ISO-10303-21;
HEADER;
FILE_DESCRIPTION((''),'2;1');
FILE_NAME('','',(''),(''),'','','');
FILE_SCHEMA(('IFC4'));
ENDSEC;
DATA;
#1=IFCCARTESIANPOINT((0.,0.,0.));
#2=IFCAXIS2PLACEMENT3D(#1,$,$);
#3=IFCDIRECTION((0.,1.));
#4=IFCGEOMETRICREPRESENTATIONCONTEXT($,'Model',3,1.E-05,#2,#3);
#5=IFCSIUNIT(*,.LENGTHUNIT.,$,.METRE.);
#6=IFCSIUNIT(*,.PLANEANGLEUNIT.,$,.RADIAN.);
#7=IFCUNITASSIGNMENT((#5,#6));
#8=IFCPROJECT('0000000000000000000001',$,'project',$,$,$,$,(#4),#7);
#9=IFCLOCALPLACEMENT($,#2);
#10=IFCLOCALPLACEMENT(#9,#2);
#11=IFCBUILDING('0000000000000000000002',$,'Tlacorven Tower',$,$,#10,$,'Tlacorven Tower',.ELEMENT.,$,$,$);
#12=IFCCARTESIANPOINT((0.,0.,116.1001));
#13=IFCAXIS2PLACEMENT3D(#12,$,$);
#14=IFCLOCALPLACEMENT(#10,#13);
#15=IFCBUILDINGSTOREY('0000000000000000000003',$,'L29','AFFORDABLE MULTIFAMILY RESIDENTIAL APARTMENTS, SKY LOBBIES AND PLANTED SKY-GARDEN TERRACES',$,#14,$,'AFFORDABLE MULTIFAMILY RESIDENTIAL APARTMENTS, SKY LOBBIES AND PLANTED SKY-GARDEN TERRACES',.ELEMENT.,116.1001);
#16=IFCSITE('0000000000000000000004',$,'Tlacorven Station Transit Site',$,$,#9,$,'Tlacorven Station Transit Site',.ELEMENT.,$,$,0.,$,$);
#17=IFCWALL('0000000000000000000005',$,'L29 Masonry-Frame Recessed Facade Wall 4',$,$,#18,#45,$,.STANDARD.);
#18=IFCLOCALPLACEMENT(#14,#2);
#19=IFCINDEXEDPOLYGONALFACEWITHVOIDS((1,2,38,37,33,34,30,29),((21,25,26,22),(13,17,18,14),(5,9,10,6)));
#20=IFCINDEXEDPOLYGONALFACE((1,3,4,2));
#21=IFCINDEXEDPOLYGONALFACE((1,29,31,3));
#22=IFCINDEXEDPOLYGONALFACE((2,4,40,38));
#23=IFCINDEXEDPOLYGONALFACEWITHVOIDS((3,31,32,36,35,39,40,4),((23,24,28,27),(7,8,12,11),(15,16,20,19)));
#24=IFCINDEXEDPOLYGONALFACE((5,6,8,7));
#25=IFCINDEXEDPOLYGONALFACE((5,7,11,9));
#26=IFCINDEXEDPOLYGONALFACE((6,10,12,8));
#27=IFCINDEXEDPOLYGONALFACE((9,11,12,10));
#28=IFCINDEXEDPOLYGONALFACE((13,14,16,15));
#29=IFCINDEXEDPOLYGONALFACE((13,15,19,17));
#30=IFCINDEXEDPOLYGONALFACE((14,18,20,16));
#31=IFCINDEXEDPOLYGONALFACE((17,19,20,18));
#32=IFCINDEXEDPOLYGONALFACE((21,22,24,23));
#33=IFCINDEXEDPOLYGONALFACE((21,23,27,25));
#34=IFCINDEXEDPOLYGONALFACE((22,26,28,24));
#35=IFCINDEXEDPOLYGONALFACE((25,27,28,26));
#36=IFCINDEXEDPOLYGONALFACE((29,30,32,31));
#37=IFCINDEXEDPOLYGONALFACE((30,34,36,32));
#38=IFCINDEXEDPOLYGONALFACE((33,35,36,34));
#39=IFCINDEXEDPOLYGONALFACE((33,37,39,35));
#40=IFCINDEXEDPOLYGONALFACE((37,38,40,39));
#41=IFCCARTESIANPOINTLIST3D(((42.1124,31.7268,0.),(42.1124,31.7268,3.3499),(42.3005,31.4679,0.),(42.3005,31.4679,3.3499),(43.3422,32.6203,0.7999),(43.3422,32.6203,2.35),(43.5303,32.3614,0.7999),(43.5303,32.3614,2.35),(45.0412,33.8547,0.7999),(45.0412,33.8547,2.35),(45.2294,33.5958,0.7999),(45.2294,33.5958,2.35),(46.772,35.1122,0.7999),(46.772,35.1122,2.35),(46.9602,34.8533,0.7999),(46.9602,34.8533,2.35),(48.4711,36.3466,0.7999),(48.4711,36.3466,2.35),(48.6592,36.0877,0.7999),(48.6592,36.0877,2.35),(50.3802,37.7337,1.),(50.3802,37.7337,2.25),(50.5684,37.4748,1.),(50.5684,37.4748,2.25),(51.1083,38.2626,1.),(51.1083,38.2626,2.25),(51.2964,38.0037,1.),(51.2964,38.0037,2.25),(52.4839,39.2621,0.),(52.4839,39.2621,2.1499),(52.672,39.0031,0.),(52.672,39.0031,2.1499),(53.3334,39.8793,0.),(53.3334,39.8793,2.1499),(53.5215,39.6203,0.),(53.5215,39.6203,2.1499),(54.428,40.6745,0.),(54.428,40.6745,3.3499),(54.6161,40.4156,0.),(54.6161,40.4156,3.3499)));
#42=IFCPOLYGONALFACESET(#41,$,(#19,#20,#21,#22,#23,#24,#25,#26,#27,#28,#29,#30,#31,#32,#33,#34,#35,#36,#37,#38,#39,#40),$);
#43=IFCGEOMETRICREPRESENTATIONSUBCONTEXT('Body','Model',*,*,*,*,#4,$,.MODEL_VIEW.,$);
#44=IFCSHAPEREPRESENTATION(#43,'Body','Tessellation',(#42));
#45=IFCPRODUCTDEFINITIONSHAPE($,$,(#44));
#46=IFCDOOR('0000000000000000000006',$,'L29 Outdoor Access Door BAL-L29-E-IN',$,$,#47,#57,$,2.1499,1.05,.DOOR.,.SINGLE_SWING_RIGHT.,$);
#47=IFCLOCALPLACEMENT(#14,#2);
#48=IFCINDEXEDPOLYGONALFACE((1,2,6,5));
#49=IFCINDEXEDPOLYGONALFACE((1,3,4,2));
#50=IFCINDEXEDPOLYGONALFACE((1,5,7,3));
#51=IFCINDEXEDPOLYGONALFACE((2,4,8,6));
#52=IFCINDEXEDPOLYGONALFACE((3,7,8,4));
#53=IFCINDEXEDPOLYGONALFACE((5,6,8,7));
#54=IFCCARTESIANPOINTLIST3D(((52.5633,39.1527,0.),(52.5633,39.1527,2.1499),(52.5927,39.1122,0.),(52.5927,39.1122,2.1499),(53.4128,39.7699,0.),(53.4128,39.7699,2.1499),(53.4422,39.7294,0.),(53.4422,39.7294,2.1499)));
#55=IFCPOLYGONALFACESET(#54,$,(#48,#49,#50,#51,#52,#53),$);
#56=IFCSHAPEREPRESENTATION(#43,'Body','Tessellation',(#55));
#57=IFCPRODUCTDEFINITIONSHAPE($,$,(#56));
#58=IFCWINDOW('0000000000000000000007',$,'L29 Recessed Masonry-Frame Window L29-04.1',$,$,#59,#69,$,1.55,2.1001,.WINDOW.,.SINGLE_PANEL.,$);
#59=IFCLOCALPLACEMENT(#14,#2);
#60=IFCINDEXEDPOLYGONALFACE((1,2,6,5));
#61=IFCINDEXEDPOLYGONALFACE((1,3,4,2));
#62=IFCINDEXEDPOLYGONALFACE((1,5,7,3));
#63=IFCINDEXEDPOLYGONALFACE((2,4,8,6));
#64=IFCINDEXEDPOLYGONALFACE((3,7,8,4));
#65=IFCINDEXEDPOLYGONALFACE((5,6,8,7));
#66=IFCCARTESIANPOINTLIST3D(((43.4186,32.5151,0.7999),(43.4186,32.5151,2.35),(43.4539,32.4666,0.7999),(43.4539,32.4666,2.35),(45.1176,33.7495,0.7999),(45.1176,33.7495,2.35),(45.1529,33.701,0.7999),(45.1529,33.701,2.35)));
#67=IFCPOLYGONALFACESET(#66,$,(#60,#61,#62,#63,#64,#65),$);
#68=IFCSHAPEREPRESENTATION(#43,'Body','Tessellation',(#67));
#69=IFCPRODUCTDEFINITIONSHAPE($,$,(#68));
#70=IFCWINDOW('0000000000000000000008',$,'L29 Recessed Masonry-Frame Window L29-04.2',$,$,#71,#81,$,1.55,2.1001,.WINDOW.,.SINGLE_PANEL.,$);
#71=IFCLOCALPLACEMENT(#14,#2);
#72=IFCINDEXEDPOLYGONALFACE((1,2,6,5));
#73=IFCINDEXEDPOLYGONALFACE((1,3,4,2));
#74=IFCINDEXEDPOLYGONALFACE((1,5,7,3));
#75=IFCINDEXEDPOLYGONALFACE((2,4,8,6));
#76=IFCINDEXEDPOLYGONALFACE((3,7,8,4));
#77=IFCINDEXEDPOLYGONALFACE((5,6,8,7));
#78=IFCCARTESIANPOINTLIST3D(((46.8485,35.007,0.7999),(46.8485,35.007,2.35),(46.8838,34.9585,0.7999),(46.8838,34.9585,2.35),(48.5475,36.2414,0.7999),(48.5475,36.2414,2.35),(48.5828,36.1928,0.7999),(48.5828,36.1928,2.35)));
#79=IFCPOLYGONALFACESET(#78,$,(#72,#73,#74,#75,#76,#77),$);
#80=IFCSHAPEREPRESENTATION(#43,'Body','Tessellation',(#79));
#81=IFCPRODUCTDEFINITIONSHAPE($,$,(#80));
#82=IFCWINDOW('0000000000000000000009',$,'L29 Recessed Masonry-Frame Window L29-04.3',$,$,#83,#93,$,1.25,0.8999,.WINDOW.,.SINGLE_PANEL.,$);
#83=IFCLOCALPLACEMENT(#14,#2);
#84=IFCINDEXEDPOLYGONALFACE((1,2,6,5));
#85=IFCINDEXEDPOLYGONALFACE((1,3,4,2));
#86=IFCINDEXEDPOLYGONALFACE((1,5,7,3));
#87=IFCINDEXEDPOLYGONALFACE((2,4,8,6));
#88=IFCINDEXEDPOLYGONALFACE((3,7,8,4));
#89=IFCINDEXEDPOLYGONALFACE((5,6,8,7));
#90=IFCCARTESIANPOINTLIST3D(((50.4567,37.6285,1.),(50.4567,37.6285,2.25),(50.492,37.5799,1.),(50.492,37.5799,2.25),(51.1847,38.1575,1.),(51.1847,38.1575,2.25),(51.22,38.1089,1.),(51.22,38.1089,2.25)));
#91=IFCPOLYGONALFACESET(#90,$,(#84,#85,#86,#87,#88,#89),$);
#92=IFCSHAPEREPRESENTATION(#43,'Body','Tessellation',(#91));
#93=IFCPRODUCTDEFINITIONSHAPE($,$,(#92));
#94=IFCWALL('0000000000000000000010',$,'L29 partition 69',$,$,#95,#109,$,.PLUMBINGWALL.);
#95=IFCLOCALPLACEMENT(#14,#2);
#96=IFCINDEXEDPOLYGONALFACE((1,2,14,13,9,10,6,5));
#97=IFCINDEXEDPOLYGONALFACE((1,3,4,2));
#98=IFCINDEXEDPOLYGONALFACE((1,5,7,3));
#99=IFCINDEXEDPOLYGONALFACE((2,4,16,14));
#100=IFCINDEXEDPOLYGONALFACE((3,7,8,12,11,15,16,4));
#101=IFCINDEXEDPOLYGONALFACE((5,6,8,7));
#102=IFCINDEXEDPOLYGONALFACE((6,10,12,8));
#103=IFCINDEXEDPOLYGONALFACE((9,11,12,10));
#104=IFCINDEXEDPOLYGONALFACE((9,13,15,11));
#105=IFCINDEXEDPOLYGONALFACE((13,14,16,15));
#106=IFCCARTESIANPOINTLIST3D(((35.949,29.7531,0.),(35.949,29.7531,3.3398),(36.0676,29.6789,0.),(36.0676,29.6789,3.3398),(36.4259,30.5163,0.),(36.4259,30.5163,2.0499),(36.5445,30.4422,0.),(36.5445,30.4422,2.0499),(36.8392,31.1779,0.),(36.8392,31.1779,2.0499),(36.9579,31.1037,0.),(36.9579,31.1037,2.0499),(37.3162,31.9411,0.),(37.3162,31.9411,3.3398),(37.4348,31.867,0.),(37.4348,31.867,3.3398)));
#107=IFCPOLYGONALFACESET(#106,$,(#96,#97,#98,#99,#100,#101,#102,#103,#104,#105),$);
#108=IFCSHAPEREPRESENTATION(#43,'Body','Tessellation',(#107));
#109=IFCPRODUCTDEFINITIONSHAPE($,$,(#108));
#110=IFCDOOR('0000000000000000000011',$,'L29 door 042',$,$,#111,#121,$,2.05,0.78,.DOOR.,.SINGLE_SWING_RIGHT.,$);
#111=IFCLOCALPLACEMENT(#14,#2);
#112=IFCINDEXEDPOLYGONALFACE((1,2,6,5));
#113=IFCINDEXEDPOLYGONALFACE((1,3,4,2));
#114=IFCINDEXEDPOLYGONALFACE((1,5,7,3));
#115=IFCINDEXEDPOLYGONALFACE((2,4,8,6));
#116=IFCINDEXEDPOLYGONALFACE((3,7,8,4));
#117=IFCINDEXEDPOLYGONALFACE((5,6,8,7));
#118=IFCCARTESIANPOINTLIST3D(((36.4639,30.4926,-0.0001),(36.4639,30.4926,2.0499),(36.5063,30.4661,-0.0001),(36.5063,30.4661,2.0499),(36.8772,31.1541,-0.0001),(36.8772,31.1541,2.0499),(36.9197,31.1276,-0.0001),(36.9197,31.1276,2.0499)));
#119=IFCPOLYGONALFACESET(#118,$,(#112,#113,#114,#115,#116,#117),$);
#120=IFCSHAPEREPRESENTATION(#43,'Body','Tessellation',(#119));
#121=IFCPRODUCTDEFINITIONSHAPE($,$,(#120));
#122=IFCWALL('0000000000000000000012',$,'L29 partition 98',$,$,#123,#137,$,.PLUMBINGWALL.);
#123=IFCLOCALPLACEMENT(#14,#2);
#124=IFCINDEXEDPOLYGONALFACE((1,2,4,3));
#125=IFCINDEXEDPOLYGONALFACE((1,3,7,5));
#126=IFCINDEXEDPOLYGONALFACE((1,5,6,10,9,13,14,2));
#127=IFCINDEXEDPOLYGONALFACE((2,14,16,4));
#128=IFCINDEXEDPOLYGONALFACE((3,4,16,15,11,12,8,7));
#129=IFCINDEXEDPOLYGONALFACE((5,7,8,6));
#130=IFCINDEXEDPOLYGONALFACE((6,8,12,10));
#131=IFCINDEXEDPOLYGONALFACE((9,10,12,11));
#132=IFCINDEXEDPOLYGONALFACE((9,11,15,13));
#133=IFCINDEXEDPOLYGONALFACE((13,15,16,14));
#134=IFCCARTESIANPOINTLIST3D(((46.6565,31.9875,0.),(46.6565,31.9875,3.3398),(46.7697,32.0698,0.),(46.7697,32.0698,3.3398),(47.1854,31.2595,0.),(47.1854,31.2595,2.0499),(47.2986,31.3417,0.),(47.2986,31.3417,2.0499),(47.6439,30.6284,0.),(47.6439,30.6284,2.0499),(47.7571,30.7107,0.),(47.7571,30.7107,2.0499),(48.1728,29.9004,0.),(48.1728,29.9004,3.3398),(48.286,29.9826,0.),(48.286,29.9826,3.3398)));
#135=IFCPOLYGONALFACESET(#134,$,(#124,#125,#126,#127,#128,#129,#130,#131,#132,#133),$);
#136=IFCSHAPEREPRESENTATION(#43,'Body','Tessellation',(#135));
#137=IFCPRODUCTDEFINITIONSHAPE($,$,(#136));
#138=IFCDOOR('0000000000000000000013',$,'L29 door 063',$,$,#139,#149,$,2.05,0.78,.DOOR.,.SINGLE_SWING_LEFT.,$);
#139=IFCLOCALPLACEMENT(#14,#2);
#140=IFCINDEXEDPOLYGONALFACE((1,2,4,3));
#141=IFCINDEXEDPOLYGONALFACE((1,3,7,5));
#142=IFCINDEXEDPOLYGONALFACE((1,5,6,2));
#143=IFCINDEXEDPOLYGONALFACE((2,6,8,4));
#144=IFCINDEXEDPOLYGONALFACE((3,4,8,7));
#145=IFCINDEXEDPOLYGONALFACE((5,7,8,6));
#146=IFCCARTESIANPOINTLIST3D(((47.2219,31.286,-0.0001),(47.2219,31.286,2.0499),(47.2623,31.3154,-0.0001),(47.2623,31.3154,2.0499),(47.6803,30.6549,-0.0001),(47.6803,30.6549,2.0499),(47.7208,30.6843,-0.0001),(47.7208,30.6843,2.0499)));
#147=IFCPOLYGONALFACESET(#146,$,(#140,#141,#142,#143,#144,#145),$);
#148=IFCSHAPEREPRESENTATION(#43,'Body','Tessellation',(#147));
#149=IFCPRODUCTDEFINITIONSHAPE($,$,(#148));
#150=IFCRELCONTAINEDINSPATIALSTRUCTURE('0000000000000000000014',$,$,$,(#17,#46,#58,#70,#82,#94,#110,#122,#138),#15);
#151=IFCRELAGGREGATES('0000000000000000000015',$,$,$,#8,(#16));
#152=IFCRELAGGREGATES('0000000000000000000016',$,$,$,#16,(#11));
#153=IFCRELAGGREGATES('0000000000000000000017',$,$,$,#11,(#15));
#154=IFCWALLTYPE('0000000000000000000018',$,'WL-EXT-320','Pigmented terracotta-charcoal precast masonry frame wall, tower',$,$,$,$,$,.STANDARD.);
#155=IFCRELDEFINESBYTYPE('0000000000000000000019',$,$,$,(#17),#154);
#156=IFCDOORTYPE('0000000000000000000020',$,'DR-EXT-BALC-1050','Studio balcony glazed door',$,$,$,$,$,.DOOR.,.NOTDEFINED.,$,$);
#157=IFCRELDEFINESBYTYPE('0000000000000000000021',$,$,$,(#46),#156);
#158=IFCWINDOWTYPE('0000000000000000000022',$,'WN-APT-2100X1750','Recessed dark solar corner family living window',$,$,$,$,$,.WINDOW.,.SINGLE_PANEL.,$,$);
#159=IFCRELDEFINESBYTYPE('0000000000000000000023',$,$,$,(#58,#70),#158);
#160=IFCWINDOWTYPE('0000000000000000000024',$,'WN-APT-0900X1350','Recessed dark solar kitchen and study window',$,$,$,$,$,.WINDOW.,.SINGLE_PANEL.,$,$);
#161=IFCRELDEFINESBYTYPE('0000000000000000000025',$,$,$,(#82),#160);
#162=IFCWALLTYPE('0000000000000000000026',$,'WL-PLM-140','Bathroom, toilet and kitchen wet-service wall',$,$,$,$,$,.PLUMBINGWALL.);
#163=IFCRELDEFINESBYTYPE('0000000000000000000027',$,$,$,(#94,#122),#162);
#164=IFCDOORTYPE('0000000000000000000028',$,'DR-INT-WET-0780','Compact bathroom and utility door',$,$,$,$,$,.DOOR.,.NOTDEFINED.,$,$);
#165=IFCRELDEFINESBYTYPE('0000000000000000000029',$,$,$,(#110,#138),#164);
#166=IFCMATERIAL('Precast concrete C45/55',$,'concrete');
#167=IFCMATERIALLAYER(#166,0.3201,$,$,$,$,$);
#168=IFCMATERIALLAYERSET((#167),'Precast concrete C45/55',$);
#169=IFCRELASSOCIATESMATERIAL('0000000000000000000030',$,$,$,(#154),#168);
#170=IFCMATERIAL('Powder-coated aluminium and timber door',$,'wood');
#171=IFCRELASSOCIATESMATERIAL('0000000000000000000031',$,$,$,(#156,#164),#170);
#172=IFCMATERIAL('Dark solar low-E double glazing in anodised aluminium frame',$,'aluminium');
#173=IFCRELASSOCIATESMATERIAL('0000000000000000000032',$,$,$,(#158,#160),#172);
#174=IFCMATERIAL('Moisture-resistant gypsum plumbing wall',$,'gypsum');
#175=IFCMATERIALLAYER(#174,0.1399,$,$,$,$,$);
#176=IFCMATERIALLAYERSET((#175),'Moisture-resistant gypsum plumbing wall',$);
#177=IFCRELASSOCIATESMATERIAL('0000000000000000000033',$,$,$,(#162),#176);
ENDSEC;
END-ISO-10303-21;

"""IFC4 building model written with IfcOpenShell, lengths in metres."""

from ifc_helpers import new_model, si_unit, direction, frame, frame_2d, origin, place, context, subcontext, project, spatial, rectangle, extrude, source, transform, mapped, material, layer, layer_set, type_object, element, fill, save


model = new_model("IFC4")

# Units and contexts
model_context = context("Model", 3, precision=1e-05, world=origin(), true_north=direction((0.0, 1.0)))
body_context = subcontext(model_context, "Body", "Model", "MODEL_VIEW")
ifc_project = project(units=[si_unit("LENGTHUNIT", "METRE"), si_unit("PLANEANGLEUNIT", "RADIAN")], contexts=[model_context])

# Site, building, storey
site_placement = place(None, origin())
site = spatial("IfcSite", under=ifc_project, at=site_placement, Name="Tlacorven Station Transit Site", LongName="Tlacorven Station Transit Site", CompositionType="ELEMENT", RefElevation=0.0)
building_placement = place(site_placement, origin())
building = spatial("IfcBuilding", under=site, at=building_placement, Name="Tlacorven Tower", LongName="Tlacorven Tower", CompositionType="ELEMENT")
storey_placement = place(building_placement, frame((0.0, 0.0, 116.1001)))
storey = spatial("IfcBuildingStorey", under=building, at=storey_placement, Name="L29", Description="AFFORDABLE MULTIFAMILY RESIDENTIAL APARTMENTS, SKY LOBBIES AND PLANTED SKY-GARDEN TERRACES", LongName="AFFORDABLE MULTIFAMILY RESIDENTIAL APARTMENTS, SKY LOBBIES AND PLANTED SKY-GARDEN TERRACES", CompositionType="ELEMENT", Elevation=116.1001)

# Wall, openings, door, windows
ifc_material_1 = material(Name="Precast concrete C45/55", Category="concrete")
ifc_layer_1 = layer(ifc_material_1, 0.3201)
ifc_layer_set_1 = layer_set([ifc_layer_1], Name="Precast concrete C45/55")
wall_type_1 = type_object("IfcWallType", Name="WL-EXT-320", Description="Pigmented terracotta-charcoal precast masonry frame wall, tower", PredefinedType="STANDARD", material=ifc_layer_set_1)
wall_1_placement = place(storey_placement, frame((42.2065, 31.5974, 0.0), z_axis=(0.0, 0.0, 1.0), x_axis=(0.80902, 0.587781, 0.0)))
wall_1 = element("IfcWall", 1, at=wall_1_placement, inside=storey, type_object=wall_type_1, Name="L29 Masonry-Frame Recessed Facade Wall 4", PredefinedType="STANDARD", context=body_context, shape_type="SweptSolid", body=[
    extrude(rectangle(XDim=15.2229, YDim=0.3201, at=frame_2d((7.6113, 0.0))), origin(), (0.0, 0.0, 1.0), 3.3499),
])
opening_1_placement = place(wall_1_placement, frame((12.8198, 0.0, 0.0)))
opening_1 = element("IfcOpeningElement", 2, at=opening_1_placement, cuts=wall_1, PredefinedType="OPENING", context=body_context, shape_type="SweptSolid", body=[
    extrude(rectangle(XDim=1.05, YDim=2.1499, at=frame_2d((0.5249, 1.075))), frame((0.0, 0.1699, 0.0), z_axis=(0.0, -1.0, 0.0), x_axis=(1.0, 0.0, 0.0)), (0.0, 0.0, 1.0), 0.3401),
])
opening_2_placement = place(wall_1_placement, frame((1.52, 0.0, 0.8)))
opening_2 = element("IfcOpeningElement", 3, at=opening_2_placement, cuts=wall_1, PredefinedType="OPENING", context=body_context, shape_type="SweptSolid", body=[
    extrude(rectangle(XDim=2.1001, YDim=1.55, at=frame_2d((1.05, 0.7749))), frame((0.0, 0.1699, 0.0), z_axis=(0.0, -1.0, 0.0), x_axis=(1.0, 0.0, 0.0)), (0.0, 0.0, 1.0), 0.3401),
])
opening_3_placement = place(wall_1_placement, frame((5.7595, 0.0, 0.8)))
opening_3 = element("IfcOpeningElement", 4, at=opening_3_placement, cuts=wall_1, PredefinedType="OPENING", context=body_context, shape_type="SweptSolid", body=[
    extrude(rectangle(XDim=2.1001, YDim=1.55, at=frame_2d((1.05, 0.7749))), frame((0.0, 0.1699, 0.0), z_axis=(0.0, -1.0, 0.0), x_axis=(1.0, 0.0, 0.0)), (0.0, 0.0, 1.0), 0.3401),
])
opening_4_placement = place(wall_1_placement, frame((10.2195, 0.0, 1.0)))
opening_4 = element("IfcOpeningElement", 5, at=opening_4_placement, cuts=wall_1, PredefinedType="OPENING", context=body_context, shape_type="SweptSolid", body=[
    extrude(rectangle(XDim=0.8999, YDim=1.25, at=frame_2d((0.45, 0.625))), frame((0.0, 0.1699, 0.0), z_axis=(0.0, -1.0, 0.0), x_axis=(1.0, 0.0, 0.0)), (0.0, 0.0, 1.0), 0.3401),
])
ifc_material_2 = material(Name="Powder-coated aluminium and timber door", Category="wood")
door_type_1 = type_object("IfcDoorType", Name="DR-EXT-BALC-1050", Description="Studio balcony glazed door", OperationType="NOTDEFINED", PredefinedType="DOOR", material=ifc_material_2)
shared_shape_1 = source(origin(), body_context, "Body", "SweptSolid", [
    extrude(rectangle(XDim=1.05, YDim=2.1499, at=frame_2d((0.5249, 1.075))), frame((0.0, 0.0249, 0.0), z_axis=(0.0, -1.0, 0.0), x_axis=(1.0, 0.0, 0.0)), (0.0, 0.0, 1.0), 0.05),
])
door_1_placement = place(opening_1_placement, origin())
door_1 = element("IfcDoor", 6, at=door_1_placement, inside=storey, type_object=door_type_1, Name="L29 Outdoor Access Door BAL-L29-E-IN", OperationType="SINGLE_SWING_RIGHT", OverallHeight=2.1499, OverallWidth=1.05, PredefinedType="DOOR", context=body_context, shape_type="MappedRepresentation", body=[
    mapped(shared_shape_1, transform((0.0, 0.0, 0.0), scale=1.0)),
])
fill(opening_1, door_1)
ifc_material_3 = material(Name="Dark solar low-E double glazing in anodised aluminium frame", Category="aluminium")
window_type_1 = type_object("IfcWindowType", Name="WN-APT-2100X1750", Description="Recessed dark solar corner family living window", PartitioningType="SINGLE_PANEL", PredefinedType="WINDOW", material=ifc_material_3)
shared_shape_2 = source(origin(), body_context, "Body", "SweptSolid", [
    extrude(rectangle(XDim=2.1001, YDim=1.55, at=frame_2d((1.05, 0.7749))), frame((0.0, 0.03, 0.0), z_axis=(0.0, -1.0, 0.0), x_axis=(1.0, 0.0, 0.0)), (0.0, 0.0, 1.0), 0.0601),
])
window_1_placement = place(opening_2_placement, origin())
window_1 = element("IfcWindow", 7, at=window_1_placement, inside=storey, type_object=window_type_1, Name="L29 Recessed Masonry-Frame Window L29-04.1", OverallHeight=1.55, OverallWidth=2.1001, PartitioningType="SINGLE_PANEL", PredefinedType="WINDOW", context=body_context, shape_type="MappedRepresentation", body=[
    mapped(shared_shape_2, transform((0.0, 0.0, 0.0), scale=1.0)),
])
fill(opening_2, window_1)
window_2_placement = place(opening_3_placement, origin())
window_2 = element("IfcWindow", 8, at=window_2_placement, inside=storey, type_object=window_type_1, Name="L29 Recessed Masonry-Frame Window L29-04.2", OverallHeight=1.55, OverallWidth=2.1001, PartitioningType="SINGLE_PANEL", PredefinedType="WINDOW", context=body_context, shape_type="MappedRepresentation", body=[
    mapped(shared_shape_2, transform((0.0, 0.0, 0.0), scale=1.0)),
])
fill(opening_3, window_2)
window_type_2 = type_object("IfcWindowType", Name="WN-APT-0900X1350", Description="Recessed dark solar kitchen and study window", PartitioningType="SINGLE_PANEL", PredefinedType="WINDOW", material=ifc_material_3)
shared_shape_3 = source(origin(), body_context, "Body", "SweptSolid", [
    extrude(rectangle(XDim=0.8999, YDim=1.25, at=frame_2d((0.45, 0.625))), frame((0.0, 0.03, 0.0), z_axis=(0.0, -1.0, 0.0), x_axis=(1.0, 0.0, 0.0)), (0.0, 0.0, 1.0), 0.0601),
])
window_3_placement = place(opening_4_placement, origin())
window_3 = element("IfcWindow", 9, at=window_3_placement, inside=storey, type_object=window_type_2, Name="L29 Recessed Masonry-Frame Window L29-04.3", OverallHeight=1.25, OverallWidth=0.8999, PartitioningType="SINGLE_PANEL", PredefinedType="WINDOW", context=body_context, shape_type="MappedRepresentation", body=[
    mapped(shared_shape_3, transform((0.0, 0.0, 0.0), scale=1.0)),
])
fill(opening_4, window_3)

# Walls, openings, doors
ifc_material_4 = material(Name="Moisture-resistant gypsum plumbing wall", Category="gypsum")
ifc_layer_2 = layer(ifc_material_4, 0.1399)
ifc_layer_set_2 = layer_set([ifc_layer_2], Name="Moisture-resistant gypsum plumbing wall")
wall_type_2 = type_object("IfcWallType", Name="WL-PLM-140", Description="Bathroom, toilet and kitchen wet-service wall", PredefinedType="PLUMBINGWALL", material=ifc_layer_set_2)
wall_2_placement = place(storey_placement, frame((37.3755, 31.9041, 0.0), z_axis=(0.0, 0.0, 1.0), x_axis=(-0.529914, -0.848051, 0.0)))
wall_2 = element("IfcWall", 10, at=wall_2_placement, inside=storey, type_object=wall_type_2, Name="L29 partition 69", PredefinedType="PLUMBINGWALL", context=body_context, shape_type="SweptSolid", body=[
    extrude(rectangle(XDim=2.5801, YDim=0.1399, at=frame_2d((1.29, 0.0))), origin(), (0.0, 0.0, 1.0), 3.3398),
])
opening_5_placement = place(wall_2_placement, frame((0.8999, 0.0, 0.0)))
opening_5 = element("IfcOpeningElement", 11, at=opening_5_placement, cuts=wall_2, PredefinedType="OPENING", context=body_context, shape_type="SweptSolid", body=[
    extrude(rectangle(XDim=0.78, YDim=2.05, at=frame_2d((0.3901, 1.0249))), frame((0.0, 0.0801, 0.0), z_axis=(0.0, -1.0, 0.0), x_axis=(1.0, 0.0, 0.0)), (0.0, 0.0, 1.0), 0.1599),
])
door_type_2 = type_object("IfcDoorType", Name="DR-INT-WET-0780", Description="Compact bathroom and utility door", OperationType="NOTDEFINED", PredefinedType="DOOR", material=ifc_material_2)
shared_shape_4 = source(origin(), body_context, "Body", "SweptSolid", [
    extrude(rectangle(XDim=0.78, YDim=2.05, at=frame_2d((0.3901, 1.0249))), frame((0.0, 0.0249, 0.0), z_axis=(0.0, -1.0, 0.0), x_axis=(1.0, 0.0, 0.0)), (0.0, 0.0, 1.0), 0.05),
])
door_2_placement = place(opening_5_placement, origin())
door_2 = element("IfcDoor", 12, at=door_2_placement, inside=storey, type_object=door_type_2, Name="L29 door 042", OperationType="SINGLE_SWING_RIGHT", OverallHeight=2.05, OverallWidth=0.78, PredefinedType="DOOR", context=body_context, shape_type="MappedRepresentation", body=[
    mapped(shared_shape_4, transform((0.0, 0.0, 0.0), scale=1.0)),
])
fill(opening_5, door_2)
wall_3_placement = place(storey_placement, frame((48.2295, 29.9414, 0.0), z_axis=(0.0, 0.0, 1.0), x_axis=(-0.587772, 0.809027, 0.0)))
wall_3 = element("IfcWall", 13, at=wall_3_placement, inside=storey, type_object=wall_type_2, Name="L29 partition 98", PredefinedType="PLUMBINGWALL", context=body_context, shape_type="SweptSolid", body=[
    extrude(rectangle(XDim=2.5798, YDim=0.1399, at=frame_2d((1.29, 0.0))), origin(), (0.0, 0.0, 1.0), 3.3398),
])
opening_6_placement = place(wall_3_placement, frame((0.8999, 0.0, 0.0)))
opening_6 = element("IfcOpeningElement", 14, at=opening_6_placement, cuts=wall_3, PredefinedType="OPENING", context=body_context, shape_type="SweptSolid", body=[
    extrude(rectangle(XDim=0.78, YDim=2.05, at=frame_2d((0.3901, 1.0249))), frame((0.0, 0.0801, 0.0), z_axis=(0.0, -1.0, 0.0), x_axis=(1.0, 0.0, 0.0)), (0.0, 0.0, 1.0), 0.1599),
])
door_3_placement = place(opening_6_placement, origin())
door_3 = element("IfcDoor", 15, at=door_3_placement, inside=storey, type_object=door_type_2, Name="L29 door 063", OperationType="SINGLE_SWING_LEFT", OverallHeight=2.05, OverallWidth=0.78, PredefinedType="DOOR", context=body_context, shape_type="MappedRepresentation", body=[
    mapped(shared_shape_4, transform((0.0, 0.0, 0.0), scale=1.0)),
])
fill(opening_6, door_3)

save(model, "model.ifc")
